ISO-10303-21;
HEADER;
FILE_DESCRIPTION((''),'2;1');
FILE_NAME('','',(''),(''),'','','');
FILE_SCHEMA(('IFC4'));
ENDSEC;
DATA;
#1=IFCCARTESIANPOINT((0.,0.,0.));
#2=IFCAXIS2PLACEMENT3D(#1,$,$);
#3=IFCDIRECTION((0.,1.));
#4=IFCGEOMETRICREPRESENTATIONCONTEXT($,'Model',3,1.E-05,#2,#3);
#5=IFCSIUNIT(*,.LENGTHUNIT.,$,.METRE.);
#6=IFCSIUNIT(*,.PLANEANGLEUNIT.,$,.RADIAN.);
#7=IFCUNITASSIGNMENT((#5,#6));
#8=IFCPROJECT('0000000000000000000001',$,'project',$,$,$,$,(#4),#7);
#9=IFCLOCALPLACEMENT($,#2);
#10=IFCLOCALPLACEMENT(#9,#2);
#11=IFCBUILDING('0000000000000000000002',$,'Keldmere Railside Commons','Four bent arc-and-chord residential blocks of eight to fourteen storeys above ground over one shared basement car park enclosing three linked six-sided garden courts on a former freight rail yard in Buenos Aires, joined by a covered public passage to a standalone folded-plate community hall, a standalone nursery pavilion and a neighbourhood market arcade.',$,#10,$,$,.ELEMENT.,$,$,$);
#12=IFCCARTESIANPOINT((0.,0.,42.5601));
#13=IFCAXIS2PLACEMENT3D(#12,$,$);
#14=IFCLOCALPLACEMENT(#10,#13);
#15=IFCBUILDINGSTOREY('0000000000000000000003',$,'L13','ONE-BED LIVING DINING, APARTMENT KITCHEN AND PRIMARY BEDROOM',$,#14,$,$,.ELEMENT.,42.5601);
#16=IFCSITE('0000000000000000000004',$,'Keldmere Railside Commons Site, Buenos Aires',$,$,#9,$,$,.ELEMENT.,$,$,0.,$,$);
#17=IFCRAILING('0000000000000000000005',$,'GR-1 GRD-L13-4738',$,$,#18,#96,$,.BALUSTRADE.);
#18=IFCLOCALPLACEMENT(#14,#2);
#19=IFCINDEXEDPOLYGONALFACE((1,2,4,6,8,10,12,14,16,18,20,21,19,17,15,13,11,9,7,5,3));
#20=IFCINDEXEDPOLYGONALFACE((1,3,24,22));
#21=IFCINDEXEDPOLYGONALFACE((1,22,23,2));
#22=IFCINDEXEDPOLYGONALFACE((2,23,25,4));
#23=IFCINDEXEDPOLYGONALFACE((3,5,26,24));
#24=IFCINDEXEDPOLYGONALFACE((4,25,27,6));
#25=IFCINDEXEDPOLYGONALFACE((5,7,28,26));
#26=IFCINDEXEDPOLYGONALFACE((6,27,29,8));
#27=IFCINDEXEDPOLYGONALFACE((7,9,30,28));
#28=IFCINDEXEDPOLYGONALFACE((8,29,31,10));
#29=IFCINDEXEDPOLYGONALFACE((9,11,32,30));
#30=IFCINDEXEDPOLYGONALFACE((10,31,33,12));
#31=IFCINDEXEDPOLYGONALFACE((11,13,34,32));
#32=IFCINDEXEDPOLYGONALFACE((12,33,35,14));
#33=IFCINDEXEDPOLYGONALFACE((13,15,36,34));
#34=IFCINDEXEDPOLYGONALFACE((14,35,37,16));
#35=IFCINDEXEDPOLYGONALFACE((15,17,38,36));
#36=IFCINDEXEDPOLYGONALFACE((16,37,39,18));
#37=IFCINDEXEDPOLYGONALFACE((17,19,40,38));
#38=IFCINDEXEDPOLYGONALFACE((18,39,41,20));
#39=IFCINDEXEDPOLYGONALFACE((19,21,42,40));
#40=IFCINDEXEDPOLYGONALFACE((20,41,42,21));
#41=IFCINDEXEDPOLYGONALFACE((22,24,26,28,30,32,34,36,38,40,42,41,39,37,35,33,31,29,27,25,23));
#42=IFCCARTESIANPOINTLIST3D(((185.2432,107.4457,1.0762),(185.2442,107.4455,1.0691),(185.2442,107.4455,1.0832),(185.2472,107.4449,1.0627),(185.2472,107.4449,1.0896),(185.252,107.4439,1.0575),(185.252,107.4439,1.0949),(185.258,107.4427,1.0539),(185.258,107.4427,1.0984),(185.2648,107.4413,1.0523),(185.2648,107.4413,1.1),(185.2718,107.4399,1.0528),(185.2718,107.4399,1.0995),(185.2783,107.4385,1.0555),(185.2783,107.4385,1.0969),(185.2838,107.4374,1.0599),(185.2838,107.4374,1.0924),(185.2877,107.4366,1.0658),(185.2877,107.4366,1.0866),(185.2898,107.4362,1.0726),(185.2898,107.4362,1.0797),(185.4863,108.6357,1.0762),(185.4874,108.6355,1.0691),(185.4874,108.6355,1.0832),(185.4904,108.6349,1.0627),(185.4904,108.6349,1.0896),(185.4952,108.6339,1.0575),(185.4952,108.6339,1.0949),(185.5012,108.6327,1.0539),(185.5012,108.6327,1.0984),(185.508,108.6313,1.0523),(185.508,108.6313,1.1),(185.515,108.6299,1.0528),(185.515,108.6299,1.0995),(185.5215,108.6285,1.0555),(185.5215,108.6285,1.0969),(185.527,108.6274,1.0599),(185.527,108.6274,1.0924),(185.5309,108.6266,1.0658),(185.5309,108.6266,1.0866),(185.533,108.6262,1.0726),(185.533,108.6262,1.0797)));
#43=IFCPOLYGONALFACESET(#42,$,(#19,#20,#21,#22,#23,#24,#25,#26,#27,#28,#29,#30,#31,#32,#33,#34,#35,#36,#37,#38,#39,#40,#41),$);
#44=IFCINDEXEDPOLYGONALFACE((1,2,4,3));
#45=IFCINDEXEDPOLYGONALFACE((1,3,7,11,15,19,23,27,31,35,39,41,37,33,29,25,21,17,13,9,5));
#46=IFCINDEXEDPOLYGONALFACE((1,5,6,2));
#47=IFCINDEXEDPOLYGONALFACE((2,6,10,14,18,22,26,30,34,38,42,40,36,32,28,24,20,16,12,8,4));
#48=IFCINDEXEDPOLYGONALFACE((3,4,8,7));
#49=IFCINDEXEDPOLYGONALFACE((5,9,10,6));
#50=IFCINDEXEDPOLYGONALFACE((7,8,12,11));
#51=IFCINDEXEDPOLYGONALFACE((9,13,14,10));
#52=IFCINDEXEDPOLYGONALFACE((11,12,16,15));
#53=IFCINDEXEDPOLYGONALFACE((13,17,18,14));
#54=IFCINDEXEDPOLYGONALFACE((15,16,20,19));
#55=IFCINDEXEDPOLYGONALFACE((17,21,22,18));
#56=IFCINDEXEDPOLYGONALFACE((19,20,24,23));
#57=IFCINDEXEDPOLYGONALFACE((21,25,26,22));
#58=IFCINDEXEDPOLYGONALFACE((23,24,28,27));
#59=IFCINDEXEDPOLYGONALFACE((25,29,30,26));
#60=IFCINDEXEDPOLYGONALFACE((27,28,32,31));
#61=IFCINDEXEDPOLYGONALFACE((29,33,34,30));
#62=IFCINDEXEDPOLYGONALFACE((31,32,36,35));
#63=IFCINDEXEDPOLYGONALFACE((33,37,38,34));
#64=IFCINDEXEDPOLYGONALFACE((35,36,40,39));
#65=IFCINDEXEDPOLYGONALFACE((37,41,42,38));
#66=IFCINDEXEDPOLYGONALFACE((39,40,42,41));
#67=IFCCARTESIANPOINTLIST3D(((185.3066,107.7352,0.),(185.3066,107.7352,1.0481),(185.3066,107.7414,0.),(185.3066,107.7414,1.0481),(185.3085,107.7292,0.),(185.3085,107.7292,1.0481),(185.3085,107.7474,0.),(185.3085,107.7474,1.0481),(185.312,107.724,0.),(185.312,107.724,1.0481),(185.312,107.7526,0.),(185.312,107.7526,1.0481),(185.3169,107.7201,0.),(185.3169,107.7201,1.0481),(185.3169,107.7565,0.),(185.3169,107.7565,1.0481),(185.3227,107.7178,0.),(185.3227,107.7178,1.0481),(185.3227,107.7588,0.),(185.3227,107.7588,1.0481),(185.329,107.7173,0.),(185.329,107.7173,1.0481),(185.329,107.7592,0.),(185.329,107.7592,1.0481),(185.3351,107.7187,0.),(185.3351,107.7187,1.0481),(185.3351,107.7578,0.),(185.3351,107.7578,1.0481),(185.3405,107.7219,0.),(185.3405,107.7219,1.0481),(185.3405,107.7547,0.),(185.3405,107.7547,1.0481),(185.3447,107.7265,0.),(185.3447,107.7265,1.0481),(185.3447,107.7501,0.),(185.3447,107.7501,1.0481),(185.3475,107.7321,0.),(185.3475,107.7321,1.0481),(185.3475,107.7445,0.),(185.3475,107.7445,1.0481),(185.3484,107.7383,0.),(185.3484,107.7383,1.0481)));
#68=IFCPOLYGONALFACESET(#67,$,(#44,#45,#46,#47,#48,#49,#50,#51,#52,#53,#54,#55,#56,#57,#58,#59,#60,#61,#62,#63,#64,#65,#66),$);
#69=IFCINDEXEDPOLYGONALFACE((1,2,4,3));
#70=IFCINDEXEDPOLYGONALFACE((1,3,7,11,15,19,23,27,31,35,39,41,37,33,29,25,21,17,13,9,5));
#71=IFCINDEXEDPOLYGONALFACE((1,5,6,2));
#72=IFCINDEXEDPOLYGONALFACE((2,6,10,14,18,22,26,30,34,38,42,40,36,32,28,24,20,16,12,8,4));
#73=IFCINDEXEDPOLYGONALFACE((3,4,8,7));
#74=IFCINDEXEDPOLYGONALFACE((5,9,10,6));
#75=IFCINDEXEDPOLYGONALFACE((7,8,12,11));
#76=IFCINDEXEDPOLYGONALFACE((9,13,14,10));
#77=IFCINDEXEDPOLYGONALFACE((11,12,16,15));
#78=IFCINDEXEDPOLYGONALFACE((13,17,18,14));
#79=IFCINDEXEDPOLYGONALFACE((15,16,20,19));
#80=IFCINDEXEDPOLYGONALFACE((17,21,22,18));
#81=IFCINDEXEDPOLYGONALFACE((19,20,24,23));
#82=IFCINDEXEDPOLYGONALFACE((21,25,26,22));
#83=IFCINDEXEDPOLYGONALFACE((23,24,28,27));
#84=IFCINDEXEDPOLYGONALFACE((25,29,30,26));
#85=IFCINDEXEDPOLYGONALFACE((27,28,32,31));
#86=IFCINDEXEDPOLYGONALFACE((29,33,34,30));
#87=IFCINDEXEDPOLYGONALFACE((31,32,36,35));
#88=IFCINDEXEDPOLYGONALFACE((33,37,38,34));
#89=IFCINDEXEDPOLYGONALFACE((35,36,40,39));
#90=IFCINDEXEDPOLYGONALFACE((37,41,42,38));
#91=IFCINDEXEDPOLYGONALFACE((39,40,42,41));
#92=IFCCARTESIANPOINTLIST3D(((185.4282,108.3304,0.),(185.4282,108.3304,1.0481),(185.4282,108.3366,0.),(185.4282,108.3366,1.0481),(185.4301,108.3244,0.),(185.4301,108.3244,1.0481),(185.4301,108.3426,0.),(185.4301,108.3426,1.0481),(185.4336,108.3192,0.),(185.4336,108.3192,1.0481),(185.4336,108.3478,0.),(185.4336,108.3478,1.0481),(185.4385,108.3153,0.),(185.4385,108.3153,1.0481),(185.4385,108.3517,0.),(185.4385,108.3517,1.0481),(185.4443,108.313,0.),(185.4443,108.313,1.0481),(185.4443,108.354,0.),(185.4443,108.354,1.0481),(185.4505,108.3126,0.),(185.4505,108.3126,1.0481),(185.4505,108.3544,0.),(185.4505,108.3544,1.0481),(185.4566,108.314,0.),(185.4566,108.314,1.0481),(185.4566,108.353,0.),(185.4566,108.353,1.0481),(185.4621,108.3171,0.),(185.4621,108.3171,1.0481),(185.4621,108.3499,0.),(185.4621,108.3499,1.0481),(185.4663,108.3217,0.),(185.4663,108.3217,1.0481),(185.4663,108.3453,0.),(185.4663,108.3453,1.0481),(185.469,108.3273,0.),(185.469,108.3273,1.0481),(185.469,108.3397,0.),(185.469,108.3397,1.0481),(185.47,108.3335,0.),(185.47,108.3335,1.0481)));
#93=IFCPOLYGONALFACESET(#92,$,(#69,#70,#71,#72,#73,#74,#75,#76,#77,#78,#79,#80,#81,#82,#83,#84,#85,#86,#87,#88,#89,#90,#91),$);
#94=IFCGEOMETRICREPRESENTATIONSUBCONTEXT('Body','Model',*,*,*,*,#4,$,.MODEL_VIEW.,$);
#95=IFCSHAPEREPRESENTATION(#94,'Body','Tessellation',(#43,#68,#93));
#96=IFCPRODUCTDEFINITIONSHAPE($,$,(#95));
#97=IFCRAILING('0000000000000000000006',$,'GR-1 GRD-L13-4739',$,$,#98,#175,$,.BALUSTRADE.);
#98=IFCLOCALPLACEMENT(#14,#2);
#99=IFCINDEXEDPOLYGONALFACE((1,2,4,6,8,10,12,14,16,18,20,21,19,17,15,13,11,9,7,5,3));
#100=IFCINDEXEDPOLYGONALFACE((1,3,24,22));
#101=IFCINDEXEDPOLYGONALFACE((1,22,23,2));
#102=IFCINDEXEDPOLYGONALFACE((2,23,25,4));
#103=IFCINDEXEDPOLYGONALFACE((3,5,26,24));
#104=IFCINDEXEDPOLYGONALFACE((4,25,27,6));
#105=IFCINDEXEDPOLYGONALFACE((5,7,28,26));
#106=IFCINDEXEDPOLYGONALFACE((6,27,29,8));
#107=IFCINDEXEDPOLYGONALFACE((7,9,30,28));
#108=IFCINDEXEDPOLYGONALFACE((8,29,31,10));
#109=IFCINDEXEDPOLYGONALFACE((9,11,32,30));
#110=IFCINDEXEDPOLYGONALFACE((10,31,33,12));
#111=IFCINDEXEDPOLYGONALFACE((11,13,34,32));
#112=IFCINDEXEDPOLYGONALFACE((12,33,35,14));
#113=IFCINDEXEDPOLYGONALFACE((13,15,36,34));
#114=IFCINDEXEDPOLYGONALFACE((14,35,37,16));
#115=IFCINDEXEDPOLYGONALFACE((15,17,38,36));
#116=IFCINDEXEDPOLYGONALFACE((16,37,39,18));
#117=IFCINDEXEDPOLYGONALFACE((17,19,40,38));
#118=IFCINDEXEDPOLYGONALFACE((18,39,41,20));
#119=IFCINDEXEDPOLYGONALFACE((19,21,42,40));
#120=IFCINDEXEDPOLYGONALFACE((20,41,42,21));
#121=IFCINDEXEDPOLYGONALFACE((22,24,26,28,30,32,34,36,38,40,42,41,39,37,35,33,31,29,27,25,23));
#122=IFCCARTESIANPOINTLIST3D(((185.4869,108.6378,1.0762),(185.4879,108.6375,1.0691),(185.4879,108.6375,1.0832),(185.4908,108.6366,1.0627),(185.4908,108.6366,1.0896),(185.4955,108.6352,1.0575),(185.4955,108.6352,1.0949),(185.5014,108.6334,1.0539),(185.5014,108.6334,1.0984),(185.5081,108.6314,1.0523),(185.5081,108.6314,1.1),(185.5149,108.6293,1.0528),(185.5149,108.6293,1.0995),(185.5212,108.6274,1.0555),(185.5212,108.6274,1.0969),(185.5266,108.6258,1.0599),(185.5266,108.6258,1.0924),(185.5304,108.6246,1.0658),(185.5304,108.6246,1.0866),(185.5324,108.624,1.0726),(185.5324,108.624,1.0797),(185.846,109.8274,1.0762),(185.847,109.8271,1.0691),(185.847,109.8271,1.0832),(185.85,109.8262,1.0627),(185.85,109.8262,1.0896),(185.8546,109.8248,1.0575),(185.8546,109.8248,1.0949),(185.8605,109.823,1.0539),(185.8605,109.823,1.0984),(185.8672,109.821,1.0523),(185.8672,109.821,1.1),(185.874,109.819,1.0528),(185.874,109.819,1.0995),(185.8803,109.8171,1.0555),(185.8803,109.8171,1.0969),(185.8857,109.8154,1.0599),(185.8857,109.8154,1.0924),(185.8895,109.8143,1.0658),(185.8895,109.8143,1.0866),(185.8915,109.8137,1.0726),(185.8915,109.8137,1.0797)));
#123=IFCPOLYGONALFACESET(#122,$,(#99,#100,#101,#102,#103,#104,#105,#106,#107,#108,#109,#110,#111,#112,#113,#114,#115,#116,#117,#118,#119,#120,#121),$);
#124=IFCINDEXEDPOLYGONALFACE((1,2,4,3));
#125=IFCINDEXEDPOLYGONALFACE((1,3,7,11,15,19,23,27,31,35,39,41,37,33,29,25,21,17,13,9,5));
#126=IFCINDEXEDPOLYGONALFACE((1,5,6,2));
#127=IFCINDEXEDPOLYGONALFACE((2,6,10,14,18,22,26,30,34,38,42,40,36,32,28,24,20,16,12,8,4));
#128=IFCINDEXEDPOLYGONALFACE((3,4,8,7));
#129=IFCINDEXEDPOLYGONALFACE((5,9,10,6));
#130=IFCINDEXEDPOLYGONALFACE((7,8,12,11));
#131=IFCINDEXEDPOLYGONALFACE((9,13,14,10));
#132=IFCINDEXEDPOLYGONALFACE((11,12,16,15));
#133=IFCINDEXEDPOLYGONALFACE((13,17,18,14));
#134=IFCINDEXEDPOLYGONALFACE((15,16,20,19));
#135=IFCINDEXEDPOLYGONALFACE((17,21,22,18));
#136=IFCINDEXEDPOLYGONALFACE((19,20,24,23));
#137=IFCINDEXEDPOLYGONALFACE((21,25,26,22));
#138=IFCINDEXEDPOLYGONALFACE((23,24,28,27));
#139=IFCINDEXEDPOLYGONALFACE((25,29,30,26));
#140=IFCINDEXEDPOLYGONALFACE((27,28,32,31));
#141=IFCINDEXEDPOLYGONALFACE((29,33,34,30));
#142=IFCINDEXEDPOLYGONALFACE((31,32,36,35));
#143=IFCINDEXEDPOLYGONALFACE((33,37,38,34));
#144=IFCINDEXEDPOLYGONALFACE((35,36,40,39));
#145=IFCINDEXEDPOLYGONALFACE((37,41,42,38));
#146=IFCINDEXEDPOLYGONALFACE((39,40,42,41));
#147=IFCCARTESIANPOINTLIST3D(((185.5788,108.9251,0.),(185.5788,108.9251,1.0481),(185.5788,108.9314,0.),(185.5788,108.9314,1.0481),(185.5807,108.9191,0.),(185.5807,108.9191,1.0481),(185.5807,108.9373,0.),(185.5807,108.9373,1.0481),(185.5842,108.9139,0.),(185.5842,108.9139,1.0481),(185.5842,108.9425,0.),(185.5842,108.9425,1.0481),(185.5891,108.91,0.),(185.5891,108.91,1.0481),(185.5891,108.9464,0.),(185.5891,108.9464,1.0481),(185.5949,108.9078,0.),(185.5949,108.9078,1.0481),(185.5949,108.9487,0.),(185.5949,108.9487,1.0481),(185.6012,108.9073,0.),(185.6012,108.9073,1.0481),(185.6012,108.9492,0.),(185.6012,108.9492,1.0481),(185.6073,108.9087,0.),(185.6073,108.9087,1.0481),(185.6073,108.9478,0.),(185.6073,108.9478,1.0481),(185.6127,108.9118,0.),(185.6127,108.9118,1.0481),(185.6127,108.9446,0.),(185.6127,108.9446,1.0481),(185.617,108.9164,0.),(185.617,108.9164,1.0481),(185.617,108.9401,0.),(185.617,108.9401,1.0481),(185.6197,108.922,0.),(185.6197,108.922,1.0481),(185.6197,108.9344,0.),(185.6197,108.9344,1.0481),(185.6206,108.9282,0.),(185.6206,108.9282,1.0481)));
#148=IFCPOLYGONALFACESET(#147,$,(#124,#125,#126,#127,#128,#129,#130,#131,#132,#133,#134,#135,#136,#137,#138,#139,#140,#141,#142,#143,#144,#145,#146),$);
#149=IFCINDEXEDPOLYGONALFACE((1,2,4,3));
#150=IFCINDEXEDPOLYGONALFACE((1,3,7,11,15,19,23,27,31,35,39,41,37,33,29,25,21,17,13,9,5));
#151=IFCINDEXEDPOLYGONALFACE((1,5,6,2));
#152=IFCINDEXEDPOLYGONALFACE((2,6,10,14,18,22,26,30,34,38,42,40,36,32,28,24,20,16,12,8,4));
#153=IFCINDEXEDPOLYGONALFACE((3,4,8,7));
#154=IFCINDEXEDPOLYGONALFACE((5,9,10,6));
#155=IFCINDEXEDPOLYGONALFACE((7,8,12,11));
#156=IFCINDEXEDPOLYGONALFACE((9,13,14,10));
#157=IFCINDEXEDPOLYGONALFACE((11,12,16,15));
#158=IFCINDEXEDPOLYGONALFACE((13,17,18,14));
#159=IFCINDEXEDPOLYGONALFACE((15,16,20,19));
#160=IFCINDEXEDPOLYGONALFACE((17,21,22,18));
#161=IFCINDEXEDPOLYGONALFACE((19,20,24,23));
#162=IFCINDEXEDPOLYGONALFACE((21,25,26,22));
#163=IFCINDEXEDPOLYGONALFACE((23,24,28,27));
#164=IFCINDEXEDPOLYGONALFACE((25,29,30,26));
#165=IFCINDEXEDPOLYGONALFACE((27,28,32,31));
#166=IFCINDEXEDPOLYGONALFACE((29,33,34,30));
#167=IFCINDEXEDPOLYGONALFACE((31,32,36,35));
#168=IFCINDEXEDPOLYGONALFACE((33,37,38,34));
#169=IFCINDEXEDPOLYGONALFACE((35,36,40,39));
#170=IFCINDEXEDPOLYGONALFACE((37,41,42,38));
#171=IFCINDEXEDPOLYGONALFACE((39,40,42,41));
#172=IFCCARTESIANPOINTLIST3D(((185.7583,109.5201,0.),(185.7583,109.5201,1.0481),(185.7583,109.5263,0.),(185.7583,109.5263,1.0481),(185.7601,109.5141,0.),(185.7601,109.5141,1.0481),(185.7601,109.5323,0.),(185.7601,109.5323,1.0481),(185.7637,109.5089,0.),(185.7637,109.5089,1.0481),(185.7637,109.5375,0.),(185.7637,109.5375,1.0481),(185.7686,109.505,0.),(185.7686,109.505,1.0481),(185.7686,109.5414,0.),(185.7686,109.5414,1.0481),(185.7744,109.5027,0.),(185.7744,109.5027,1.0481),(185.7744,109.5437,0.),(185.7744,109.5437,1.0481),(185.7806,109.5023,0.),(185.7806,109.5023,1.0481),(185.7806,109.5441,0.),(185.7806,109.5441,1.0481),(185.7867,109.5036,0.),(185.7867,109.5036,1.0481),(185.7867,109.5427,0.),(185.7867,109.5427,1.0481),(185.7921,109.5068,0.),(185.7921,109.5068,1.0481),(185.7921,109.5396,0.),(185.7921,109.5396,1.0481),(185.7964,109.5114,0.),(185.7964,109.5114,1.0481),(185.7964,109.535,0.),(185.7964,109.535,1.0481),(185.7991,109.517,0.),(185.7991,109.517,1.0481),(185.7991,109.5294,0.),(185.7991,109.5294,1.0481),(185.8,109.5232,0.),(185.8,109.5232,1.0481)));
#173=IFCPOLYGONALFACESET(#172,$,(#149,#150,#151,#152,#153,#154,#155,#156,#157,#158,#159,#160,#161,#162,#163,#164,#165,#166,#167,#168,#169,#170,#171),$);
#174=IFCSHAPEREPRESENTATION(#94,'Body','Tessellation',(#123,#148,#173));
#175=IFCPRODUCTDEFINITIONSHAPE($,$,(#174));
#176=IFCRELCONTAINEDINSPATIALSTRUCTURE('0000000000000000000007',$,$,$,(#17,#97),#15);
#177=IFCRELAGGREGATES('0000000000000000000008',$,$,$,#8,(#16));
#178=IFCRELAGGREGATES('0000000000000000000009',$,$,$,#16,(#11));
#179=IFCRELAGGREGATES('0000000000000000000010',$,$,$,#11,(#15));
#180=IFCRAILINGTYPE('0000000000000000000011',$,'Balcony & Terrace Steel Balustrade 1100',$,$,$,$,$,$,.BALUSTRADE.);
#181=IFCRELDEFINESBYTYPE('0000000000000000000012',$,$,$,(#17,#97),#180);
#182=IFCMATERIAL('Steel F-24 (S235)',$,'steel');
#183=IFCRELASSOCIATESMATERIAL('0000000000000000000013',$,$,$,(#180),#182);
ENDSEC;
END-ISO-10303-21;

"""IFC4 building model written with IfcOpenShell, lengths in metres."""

from ifc_helpers import new_model, si_unit, direction, frame, origin, origin_2d, place, context, subcontext, project, spatial, circle, extrude, material, type_object, element, save


model = new_model("IFC4")

# Units and contexts
model_context = context("Model", 3, precision=1e-05, world=origin(), true_north=direction((0.0, 1.0)))
body_context = subcontext(model_context, "Body", "Model", "MODEL_VIEW")
ifc_project = project(units=[si_unit("LENGTHUNIT", "METRE"), si_unit("PLANEANGLEUNIT", "RADIAN")], contexts=[model_context])

# Site, building, storey
site_placement = place(None, origin())
site = spatial("IfcSite", under=ifc_project, at=site_placement, Name="Keldmere Railside Commons Site, Buenos Aires", CompositionType="ELEMENT", RefElevation=0.0)
building_placement = place(site_placement, origin())
building = spatial("IfcBuilding", under=site, at=building_placement, Name="Keldmere Railside Commons", Description="Four bent arc-and-chord residential blocks of eight to fourteen storeys above ground over one shared basement car park enclosing three linked six-sided garden courts on a former freight rail yard in Buenos Aires, joined by a covered public passage to a standalone folded-plate community hall, a standalone nursery pavilion and a neighbourhood market arcade.", CompositionType="ELEMENT")
storey_placement = place(building_placement, frame((0.0, 0.0, 42.5601)))
storey = spatial("IfcBuildingStorey", under=building, at=storey_placement, Name="L13", Description="ONE-BED LIVING DINING, APARTMENT KITCHEN AND PRIMARY BEDROOM", CompositionType="ELEMENT", Elevation=42.5601)

# Railings
ifc_material_1 = material(Name="Steel F-24 (S235)", Category="steel")
railing_type = type_object("IfcRailingType", Name="Balcony & Terrace Steel Balustrade 1100", PredefinedType="BALUSTRADE", material=ifc_material_1)
railing_1_placement = place(storey_placement, frame((185.2666, 107.4409, 0.0)))
element("IfcRailing", 1, at=railing_1_placement, inside=storey, type_object=railing_type, Name="GR-1 GRD-L13-4738", PredefinedType="BALUSTRADE", context=body_context, shape_type="SweptSolid", body=[
    extrude(circle(Radius=0.0239, at=origin_2d()), frame((0.0, 0.0, 1.0762), z_axis=(0.200212, 0.979753, 0.0), x_axis=(-0.979753, 0.200212, 0.0)), (0.0, 0.0, 1.0), 1.2146),
    extrude(circle(Radius=0.021, at=origin_2d()), frame((0.0608, 0.2974, 0.0)), (0.0, 0.0, 1.0), 1.0481),
    extrude(circle(Radius=0.021, at=origin_2d()), frame((0.1824, 0.8926, 0.0)), (0.0, 0.0, 1.0), 1.0481),
])
railing_2_placement = place(storey_placement, frame((185.5098, 108.6309, 0.0)))
element("IfcRailing", 2, at=railing_2_placement, inside=storey, type_object=railing_type, Name="GR-1 GRD-L13-4739", PredefinedType="BALUSTRADE", context=body_context, shape_type="SweptSolid", body=[
    extrude(circle(Radius=0.0239, at=origin_2d()), frame((0.0, 0.0, 1.0762), z_axis=(0.288988, 0.957333, 0.0), x_axis=(-0.957333, 0.288988, 0.0)), (0.0, 0.0, 1.0), 1.2427),
    extrude(circle(Radius=0.021, at=origin_2d()), frame((0.0898, 0.2974, 0.0)), (0.0, 0.0, 1.0), 1.0481),
    extrude(circle(Radius=0.021, at=origin_2d()), frame((0.2693, 0.8923, 0.0)), (0.0, 0.0, 1.0), 1.0481),
])

save(model, "model.ifc")
